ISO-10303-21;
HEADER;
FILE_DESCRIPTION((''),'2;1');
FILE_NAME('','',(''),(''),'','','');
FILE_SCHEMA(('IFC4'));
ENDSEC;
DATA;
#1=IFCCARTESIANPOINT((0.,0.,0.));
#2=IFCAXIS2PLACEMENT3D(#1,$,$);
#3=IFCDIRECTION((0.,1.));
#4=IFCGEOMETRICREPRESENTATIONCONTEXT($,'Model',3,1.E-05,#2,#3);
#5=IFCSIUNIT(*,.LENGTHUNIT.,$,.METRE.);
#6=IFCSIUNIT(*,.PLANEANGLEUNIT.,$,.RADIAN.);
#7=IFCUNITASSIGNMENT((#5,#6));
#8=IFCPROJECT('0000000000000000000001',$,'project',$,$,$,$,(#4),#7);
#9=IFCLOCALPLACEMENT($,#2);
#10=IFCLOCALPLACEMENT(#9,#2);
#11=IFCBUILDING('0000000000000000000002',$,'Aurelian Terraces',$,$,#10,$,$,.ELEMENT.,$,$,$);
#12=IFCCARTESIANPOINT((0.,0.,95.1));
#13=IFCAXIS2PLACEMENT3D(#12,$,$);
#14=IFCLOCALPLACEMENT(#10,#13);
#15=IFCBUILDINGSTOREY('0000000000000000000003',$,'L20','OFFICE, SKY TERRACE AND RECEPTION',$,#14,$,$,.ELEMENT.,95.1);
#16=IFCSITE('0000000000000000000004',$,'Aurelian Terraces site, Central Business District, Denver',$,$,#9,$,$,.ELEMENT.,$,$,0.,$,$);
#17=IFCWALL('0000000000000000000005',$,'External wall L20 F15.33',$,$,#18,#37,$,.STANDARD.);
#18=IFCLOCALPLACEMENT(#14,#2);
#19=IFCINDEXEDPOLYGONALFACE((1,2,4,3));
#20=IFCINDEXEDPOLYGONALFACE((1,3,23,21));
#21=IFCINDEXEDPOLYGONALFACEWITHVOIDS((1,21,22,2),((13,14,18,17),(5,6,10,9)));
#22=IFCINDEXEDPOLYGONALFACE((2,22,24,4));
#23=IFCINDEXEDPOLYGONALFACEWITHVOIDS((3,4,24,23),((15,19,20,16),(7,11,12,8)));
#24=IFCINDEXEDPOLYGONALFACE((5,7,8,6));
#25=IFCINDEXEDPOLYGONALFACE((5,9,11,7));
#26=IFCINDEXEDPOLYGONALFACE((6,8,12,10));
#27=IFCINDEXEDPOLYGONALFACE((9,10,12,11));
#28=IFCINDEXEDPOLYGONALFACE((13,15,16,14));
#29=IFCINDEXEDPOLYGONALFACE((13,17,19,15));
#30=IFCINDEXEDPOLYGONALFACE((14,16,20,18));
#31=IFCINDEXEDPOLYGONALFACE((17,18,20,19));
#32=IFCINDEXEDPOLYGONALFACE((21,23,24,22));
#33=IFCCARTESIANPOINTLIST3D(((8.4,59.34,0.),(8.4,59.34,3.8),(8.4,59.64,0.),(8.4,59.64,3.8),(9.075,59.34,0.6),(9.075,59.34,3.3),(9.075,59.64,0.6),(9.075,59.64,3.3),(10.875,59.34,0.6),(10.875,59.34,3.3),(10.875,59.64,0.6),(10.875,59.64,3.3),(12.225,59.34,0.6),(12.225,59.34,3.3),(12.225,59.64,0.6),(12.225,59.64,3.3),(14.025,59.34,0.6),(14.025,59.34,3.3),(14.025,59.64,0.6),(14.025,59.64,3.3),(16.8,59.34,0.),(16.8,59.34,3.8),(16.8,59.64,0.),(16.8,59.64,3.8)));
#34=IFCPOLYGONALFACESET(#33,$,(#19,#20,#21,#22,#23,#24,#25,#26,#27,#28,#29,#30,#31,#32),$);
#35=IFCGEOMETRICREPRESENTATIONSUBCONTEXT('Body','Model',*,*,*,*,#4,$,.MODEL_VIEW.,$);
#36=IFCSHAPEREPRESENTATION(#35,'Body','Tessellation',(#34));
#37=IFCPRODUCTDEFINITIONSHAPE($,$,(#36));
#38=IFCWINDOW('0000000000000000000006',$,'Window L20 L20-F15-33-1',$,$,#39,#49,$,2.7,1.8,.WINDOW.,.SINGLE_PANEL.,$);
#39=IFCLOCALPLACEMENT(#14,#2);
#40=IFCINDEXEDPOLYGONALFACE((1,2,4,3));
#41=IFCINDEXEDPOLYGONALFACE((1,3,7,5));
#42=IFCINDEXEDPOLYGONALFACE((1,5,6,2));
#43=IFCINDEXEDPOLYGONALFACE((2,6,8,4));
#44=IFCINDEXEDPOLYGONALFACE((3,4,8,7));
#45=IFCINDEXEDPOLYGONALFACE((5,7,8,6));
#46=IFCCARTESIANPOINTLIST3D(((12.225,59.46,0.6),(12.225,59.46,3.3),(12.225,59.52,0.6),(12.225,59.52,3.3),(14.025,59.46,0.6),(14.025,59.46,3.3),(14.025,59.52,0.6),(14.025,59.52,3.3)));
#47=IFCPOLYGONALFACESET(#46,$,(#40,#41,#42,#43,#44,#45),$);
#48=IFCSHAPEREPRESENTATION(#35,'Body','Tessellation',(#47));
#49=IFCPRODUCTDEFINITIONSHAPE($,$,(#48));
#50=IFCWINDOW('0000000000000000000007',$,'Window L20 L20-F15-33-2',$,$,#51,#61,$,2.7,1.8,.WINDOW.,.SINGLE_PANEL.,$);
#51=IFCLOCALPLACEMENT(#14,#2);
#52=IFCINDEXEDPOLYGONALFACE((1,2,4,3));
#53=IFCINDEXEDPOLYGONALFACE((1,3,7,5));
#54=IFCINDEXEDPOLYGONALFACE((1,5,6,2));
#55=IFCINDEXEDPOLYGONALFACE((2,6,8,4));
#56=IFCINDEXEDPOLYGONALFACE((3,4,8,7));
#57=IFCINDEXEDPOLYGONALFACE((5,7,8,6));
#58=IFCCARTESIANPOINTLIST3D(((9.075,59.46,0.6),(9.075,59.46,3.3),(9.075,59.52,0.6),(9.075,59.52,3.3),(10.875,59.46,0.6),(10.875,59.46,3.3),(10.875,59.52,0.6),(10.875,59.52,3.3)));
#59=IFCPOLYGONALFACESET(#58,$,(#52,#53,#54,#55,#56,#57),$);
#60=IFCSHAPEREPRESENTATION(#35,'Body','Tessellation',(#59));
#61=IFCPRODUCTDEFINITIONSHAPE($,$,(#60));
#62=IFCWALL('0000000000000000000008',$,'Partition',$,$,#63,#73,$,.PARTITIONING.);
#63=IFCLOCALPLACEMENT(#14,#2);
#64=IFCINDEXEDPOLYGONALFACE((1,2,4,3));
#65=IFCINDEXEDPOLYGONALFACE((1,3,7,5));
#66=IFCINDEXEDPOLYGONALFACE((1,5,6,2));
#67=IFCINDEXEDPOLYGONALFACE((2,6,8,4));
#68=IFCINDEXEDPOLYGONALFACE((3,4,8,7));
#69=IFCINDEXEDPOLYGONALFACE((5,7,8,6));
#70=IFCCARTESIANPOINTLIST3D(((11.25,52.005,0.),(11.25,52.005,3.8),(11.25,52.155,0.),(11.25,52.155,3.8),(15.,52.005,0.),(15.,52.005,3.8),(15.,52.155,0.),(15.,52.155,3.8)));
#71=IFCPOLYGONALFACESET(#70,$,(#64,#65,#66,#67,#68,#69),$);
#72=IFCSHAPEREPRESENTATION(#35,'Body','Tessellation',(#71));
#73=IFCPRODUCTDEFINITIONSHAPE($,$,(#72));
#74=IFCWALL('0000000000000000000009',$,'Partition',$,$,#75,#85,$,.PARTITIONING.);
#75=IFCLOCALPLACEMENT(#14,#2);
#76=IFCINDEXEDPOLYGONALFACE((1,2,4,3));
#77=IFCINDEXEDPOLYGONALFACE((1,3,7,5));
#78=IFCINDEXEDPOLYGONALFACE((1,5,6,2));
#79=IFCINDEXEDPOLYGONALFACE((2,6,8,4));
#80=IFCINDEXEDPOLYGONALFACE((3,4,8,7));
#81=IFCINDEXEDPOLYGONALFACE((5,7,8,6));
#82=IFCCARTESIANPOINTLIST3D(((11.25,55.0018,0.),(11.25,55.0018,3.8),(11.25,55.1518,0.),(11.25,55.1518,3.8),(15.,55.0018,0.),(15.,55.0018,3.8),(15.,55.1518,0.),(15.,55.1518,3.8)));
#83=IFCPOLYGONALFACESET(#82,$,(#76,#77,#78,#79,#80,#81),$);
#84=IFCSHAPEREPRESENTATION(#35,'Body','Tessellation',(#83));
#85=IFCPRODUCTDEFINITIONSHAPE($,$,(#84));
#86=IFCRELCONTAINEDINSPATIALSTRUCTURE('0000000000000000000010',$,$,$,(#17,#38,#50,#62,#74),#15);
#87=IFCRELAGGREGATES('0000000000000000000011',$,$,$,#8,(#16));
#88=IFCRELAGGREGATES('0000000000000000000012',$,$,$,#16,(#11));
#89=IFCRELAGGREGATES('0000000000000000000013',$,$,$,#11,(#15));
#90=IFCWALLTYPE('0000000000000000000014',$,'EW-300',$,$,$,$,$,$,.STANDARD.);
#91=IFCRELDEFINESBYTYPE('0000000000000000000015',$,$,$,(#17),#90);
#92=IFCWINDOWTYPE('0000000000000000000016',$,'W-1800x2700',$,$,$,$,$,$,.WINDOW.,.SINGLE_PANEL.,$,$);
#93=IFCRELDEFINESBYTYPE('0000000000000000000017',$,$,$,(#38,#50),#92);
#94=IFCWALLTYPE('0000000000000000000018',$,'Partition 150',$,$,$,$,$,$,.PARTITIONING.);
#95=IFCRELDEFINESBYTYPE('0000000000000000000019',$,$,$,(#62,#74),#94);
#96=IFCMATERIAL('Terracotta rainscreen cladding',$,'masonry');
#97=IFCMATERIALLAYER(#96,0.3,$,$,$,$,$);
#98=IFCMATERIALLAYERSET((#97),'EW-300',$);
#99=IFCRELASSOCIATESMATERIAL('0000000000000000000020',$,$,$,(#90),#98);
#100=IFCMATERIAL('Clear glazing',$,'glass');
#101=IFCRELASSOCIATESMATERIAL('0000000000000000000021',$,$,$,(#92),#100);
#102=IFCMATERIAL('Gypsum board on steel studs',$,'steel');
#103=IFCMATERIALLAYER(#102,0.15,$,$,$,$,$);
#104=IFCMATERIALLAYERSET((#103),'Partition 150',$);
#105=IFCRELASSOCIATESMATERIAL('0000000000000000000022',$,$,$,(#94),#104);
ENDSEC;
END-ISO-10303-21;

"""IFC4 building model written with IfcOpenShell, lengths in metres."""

from ifc_helpers import new_model, si_unit, direction, frame, frame_2d, origin, place, context, subcontext, project, spatial, rectangle, extrude, source, transform, mapped, material, layer, layer_set, type_object, element, fill, save


model = new_model("IFC4")

# Units and contexts
model_context = context("Model", 3, precision=1e-05, world=origin(), true_north=direction((0.0, 1.0)))
body_context = subcontext(model_context, "Body", "Model", "MODEL_VIEW")
ifc_project = project(units=[si_unit("LENGTHUNIT", "METRE"), si_unit("PLANEANGLEUNIT", "RADIAN")], contexts=[model_context])

# Site, building, storey
site_placement = place(None, origin())
site = spatial("IfcSite", under=ifc_project, at=site_placement, Name="Aurelian Terraces site, Central Business District, Denver", CompositionType="ELEMENT", RefElevation=0.0)
building_placement = place(site_placement, origin())
building = spatial("IfcBuilding", under=site, at=building_placement, Name="Aurelian Terraces", CompositionType="ELEMENT")
storey_placement = place(building_placement, frame((0.0, 0.0, 95.1)))
storey = spatial("IfcBuildingStorey", under=building, at=storey_placement, Name="L20", Description="OFFICE, SKY TERRACE AND RECEPTION", CompositionType="ELEMENT", Elevation=95.1)

# Shared definitions
ifc_material_1 = material(Name="Terracotta rainscreen cladding", Category="masonry")
ifc_layer_1 = layer(ifc_material_1, 0.3)
ifc_layer_set_1 = layer_set([ifc_layer_1], Name="EW-300")
wall_type_1 = type_object("IfcWallType", Name="EW-300", PredefinedType="STANDARD", material=ifc_layer_set_1)
ifc_material_2 = material(Name="Clear glazing", Category="glass")

# Wall, openings, windows
shared_shape_1 = source(origin(), body_context, "Body", "SweptSolid", [
    extrude(rectangle(XDim=8.4, YDim=0.3, at=frame_2d((4.2, 0.0))), origin(), (0.0, 0.0, 1.0), 3.8),
])
wall_1_placement = place(storey_placement, frame((16.8, 59.49, 0.0), z_axis=(0.0, 0.0, 1.0), x_axis=(-1.0, 0.0, 0.0)))
wall_1 = element("IfcWall", 1, at=wall_1_placement, inside=storey, type_object=wall_type_1, Name="External wall L20 F15.33", PredefinedType="STANDARD", context=body_context, shape_type="MappedRepresentation", body=[
    mapped(shared_shape_1, transform((0.0, 0.0, 0.0), scale=1.0)),
])
shared_shape_2 = source(origin(), body_context, "Body", "SweptSolid", [
    extrude(rectangle(XDim=1.8, YDim=2.7, at=frame_2d((0.9, 1.35))), frame((0.0, 0.16, 0.0), z_axis=(0.0, -1.0, 0.0), x_axis=(1.0, 0.0, 0.0)), (0.0, 0.0, 1.0), 0.32),
])
opening_1_placement = place(wall_1_placement, frame((2.775, 0.0, 0.6)))
opening_1 = element("IfcOpeningElement", 2, at=opening_1_placement, cuts=wall_1, PredefinedType="OPENING", context=body_context, shape_type="MappedRepresentation", body=[
    mapped(shared_shape_2, transform((0.0, 0.0, 0.0), scale=1.0)),
])
opening_2_placement = place(wall_1_placement, frame((5.925, 0.0, 0.6)))
opening_2 = element("IfcOpeningElement", 3, at=opening_2_placement, cuts=wall_1, PredefinedType="OPENING", context=body_context, shape_type="MappedRepresentation", body=[
    mapped(shared_shape_2, transform((0.0, 0.0, 0.0), scale=1.0)),
])
window_type_1 = type_object("IfcWindowType", Name="W-1800x2700", PartitioningType="SINGLE_PANEL", PredefinedType="WINDOW", material=ifc_material_2)
shared_shape_3 = source(origin(), body_context, "Body", "SweptSolid", [
    extrude(rectangle(XDim=1.8, YDim=2.7, at=frame_2d((0.9, 1.35))), frame((0.0, 0.03, 0.0), z_axis=(0.0, -1.0, 0.0), x_axis=(1.0, 0.0, 0.0)), (0.0, 0.0, 1.0), 0.06),
])
window_1_placement = place(opening_1_placement, origin())
window_1 = element("IfcWindow", 4, at=window_1_placement, inside=storey, type_object=window_type_1, Name="Window L20 L20-F15-33-1", OverallHeight=2.7, OverallWidth=1.8, PartitioningType="SINGLE_PANEL", PredefinedType="WINDOW", context=body_context, shape_type="MappedRepresentation", body=[
    mapped(shared_shape_3, transform((0.0, 0.0, 0.0), scale=1.0)),
])
fill(opening_1, window_1)
window_2_placement = place(opening_2_placement, origin())
window_2 = element("IfcWindow", 5, at=window_2_placement, inside=storey, type_object=window_type_1, Name="Window L20 L20-F15-33-2", OverallHeight=2.7, OverallWidth=1.8, PartitioningType="SINGLE_PANEL", PredefinedType="WINDOW", context=body_context, shape_type="MappedRepresentation", body=[
    mapped(shared_shape_3, transform((0.0, 0.0, 0.0), scale=1.0)),
])
fill(opening_2, window_2)

# Walls
ifc_material_3 = material(Name="Gypsum board on steel studs", Category="steel")
ifc_layer_2 = layer(ifc_material_3, 0.15)
ifc_layer_set_2 = layer_set([ifc_layer_2], Name="Partition 150")
wall_type_2 = type_object("IfcWallType", Name="Partition 150", PredefinedType="PARTITIONING", material=ifc_layer_set_2)
shared_shape_4 = source(origin(), body_context, "Body", "SweptSolid", [
    extrude(rectangle(XDim=3.75, YDim=0.15, at=frame_2d((1.875, 0.0))), origin(), (0.0, 0.0, 1.0), 3.8),
])
for number, where, z_axis, x_axis, name in (
    (6, (15.0, 52.08, 0.0), (0.0, 0.0, 1.0), (-1.0, 0.0, 0.0), "Partition"),
    (7, (15.0, 55.0768, 0.0), (0.0, 0.0, 1.0), (-1.0, 0.0, 0.0), "Partition"),
):
    element("IfcWall", number, at=place(storey_placement, frame(where, z_axis=z_axis, x_axis=x_axis)), inside=storey, type_object=wall_type_2, Name=name, PredefinedType="PARTITIONING", context=body_context, shape_type="MappedRepresentation", body=[
        mapped(shared_shape_4, transform((0.0, 0.0, 0.0), scale=1.0)),
    ])

save(model, "model.ifc")
